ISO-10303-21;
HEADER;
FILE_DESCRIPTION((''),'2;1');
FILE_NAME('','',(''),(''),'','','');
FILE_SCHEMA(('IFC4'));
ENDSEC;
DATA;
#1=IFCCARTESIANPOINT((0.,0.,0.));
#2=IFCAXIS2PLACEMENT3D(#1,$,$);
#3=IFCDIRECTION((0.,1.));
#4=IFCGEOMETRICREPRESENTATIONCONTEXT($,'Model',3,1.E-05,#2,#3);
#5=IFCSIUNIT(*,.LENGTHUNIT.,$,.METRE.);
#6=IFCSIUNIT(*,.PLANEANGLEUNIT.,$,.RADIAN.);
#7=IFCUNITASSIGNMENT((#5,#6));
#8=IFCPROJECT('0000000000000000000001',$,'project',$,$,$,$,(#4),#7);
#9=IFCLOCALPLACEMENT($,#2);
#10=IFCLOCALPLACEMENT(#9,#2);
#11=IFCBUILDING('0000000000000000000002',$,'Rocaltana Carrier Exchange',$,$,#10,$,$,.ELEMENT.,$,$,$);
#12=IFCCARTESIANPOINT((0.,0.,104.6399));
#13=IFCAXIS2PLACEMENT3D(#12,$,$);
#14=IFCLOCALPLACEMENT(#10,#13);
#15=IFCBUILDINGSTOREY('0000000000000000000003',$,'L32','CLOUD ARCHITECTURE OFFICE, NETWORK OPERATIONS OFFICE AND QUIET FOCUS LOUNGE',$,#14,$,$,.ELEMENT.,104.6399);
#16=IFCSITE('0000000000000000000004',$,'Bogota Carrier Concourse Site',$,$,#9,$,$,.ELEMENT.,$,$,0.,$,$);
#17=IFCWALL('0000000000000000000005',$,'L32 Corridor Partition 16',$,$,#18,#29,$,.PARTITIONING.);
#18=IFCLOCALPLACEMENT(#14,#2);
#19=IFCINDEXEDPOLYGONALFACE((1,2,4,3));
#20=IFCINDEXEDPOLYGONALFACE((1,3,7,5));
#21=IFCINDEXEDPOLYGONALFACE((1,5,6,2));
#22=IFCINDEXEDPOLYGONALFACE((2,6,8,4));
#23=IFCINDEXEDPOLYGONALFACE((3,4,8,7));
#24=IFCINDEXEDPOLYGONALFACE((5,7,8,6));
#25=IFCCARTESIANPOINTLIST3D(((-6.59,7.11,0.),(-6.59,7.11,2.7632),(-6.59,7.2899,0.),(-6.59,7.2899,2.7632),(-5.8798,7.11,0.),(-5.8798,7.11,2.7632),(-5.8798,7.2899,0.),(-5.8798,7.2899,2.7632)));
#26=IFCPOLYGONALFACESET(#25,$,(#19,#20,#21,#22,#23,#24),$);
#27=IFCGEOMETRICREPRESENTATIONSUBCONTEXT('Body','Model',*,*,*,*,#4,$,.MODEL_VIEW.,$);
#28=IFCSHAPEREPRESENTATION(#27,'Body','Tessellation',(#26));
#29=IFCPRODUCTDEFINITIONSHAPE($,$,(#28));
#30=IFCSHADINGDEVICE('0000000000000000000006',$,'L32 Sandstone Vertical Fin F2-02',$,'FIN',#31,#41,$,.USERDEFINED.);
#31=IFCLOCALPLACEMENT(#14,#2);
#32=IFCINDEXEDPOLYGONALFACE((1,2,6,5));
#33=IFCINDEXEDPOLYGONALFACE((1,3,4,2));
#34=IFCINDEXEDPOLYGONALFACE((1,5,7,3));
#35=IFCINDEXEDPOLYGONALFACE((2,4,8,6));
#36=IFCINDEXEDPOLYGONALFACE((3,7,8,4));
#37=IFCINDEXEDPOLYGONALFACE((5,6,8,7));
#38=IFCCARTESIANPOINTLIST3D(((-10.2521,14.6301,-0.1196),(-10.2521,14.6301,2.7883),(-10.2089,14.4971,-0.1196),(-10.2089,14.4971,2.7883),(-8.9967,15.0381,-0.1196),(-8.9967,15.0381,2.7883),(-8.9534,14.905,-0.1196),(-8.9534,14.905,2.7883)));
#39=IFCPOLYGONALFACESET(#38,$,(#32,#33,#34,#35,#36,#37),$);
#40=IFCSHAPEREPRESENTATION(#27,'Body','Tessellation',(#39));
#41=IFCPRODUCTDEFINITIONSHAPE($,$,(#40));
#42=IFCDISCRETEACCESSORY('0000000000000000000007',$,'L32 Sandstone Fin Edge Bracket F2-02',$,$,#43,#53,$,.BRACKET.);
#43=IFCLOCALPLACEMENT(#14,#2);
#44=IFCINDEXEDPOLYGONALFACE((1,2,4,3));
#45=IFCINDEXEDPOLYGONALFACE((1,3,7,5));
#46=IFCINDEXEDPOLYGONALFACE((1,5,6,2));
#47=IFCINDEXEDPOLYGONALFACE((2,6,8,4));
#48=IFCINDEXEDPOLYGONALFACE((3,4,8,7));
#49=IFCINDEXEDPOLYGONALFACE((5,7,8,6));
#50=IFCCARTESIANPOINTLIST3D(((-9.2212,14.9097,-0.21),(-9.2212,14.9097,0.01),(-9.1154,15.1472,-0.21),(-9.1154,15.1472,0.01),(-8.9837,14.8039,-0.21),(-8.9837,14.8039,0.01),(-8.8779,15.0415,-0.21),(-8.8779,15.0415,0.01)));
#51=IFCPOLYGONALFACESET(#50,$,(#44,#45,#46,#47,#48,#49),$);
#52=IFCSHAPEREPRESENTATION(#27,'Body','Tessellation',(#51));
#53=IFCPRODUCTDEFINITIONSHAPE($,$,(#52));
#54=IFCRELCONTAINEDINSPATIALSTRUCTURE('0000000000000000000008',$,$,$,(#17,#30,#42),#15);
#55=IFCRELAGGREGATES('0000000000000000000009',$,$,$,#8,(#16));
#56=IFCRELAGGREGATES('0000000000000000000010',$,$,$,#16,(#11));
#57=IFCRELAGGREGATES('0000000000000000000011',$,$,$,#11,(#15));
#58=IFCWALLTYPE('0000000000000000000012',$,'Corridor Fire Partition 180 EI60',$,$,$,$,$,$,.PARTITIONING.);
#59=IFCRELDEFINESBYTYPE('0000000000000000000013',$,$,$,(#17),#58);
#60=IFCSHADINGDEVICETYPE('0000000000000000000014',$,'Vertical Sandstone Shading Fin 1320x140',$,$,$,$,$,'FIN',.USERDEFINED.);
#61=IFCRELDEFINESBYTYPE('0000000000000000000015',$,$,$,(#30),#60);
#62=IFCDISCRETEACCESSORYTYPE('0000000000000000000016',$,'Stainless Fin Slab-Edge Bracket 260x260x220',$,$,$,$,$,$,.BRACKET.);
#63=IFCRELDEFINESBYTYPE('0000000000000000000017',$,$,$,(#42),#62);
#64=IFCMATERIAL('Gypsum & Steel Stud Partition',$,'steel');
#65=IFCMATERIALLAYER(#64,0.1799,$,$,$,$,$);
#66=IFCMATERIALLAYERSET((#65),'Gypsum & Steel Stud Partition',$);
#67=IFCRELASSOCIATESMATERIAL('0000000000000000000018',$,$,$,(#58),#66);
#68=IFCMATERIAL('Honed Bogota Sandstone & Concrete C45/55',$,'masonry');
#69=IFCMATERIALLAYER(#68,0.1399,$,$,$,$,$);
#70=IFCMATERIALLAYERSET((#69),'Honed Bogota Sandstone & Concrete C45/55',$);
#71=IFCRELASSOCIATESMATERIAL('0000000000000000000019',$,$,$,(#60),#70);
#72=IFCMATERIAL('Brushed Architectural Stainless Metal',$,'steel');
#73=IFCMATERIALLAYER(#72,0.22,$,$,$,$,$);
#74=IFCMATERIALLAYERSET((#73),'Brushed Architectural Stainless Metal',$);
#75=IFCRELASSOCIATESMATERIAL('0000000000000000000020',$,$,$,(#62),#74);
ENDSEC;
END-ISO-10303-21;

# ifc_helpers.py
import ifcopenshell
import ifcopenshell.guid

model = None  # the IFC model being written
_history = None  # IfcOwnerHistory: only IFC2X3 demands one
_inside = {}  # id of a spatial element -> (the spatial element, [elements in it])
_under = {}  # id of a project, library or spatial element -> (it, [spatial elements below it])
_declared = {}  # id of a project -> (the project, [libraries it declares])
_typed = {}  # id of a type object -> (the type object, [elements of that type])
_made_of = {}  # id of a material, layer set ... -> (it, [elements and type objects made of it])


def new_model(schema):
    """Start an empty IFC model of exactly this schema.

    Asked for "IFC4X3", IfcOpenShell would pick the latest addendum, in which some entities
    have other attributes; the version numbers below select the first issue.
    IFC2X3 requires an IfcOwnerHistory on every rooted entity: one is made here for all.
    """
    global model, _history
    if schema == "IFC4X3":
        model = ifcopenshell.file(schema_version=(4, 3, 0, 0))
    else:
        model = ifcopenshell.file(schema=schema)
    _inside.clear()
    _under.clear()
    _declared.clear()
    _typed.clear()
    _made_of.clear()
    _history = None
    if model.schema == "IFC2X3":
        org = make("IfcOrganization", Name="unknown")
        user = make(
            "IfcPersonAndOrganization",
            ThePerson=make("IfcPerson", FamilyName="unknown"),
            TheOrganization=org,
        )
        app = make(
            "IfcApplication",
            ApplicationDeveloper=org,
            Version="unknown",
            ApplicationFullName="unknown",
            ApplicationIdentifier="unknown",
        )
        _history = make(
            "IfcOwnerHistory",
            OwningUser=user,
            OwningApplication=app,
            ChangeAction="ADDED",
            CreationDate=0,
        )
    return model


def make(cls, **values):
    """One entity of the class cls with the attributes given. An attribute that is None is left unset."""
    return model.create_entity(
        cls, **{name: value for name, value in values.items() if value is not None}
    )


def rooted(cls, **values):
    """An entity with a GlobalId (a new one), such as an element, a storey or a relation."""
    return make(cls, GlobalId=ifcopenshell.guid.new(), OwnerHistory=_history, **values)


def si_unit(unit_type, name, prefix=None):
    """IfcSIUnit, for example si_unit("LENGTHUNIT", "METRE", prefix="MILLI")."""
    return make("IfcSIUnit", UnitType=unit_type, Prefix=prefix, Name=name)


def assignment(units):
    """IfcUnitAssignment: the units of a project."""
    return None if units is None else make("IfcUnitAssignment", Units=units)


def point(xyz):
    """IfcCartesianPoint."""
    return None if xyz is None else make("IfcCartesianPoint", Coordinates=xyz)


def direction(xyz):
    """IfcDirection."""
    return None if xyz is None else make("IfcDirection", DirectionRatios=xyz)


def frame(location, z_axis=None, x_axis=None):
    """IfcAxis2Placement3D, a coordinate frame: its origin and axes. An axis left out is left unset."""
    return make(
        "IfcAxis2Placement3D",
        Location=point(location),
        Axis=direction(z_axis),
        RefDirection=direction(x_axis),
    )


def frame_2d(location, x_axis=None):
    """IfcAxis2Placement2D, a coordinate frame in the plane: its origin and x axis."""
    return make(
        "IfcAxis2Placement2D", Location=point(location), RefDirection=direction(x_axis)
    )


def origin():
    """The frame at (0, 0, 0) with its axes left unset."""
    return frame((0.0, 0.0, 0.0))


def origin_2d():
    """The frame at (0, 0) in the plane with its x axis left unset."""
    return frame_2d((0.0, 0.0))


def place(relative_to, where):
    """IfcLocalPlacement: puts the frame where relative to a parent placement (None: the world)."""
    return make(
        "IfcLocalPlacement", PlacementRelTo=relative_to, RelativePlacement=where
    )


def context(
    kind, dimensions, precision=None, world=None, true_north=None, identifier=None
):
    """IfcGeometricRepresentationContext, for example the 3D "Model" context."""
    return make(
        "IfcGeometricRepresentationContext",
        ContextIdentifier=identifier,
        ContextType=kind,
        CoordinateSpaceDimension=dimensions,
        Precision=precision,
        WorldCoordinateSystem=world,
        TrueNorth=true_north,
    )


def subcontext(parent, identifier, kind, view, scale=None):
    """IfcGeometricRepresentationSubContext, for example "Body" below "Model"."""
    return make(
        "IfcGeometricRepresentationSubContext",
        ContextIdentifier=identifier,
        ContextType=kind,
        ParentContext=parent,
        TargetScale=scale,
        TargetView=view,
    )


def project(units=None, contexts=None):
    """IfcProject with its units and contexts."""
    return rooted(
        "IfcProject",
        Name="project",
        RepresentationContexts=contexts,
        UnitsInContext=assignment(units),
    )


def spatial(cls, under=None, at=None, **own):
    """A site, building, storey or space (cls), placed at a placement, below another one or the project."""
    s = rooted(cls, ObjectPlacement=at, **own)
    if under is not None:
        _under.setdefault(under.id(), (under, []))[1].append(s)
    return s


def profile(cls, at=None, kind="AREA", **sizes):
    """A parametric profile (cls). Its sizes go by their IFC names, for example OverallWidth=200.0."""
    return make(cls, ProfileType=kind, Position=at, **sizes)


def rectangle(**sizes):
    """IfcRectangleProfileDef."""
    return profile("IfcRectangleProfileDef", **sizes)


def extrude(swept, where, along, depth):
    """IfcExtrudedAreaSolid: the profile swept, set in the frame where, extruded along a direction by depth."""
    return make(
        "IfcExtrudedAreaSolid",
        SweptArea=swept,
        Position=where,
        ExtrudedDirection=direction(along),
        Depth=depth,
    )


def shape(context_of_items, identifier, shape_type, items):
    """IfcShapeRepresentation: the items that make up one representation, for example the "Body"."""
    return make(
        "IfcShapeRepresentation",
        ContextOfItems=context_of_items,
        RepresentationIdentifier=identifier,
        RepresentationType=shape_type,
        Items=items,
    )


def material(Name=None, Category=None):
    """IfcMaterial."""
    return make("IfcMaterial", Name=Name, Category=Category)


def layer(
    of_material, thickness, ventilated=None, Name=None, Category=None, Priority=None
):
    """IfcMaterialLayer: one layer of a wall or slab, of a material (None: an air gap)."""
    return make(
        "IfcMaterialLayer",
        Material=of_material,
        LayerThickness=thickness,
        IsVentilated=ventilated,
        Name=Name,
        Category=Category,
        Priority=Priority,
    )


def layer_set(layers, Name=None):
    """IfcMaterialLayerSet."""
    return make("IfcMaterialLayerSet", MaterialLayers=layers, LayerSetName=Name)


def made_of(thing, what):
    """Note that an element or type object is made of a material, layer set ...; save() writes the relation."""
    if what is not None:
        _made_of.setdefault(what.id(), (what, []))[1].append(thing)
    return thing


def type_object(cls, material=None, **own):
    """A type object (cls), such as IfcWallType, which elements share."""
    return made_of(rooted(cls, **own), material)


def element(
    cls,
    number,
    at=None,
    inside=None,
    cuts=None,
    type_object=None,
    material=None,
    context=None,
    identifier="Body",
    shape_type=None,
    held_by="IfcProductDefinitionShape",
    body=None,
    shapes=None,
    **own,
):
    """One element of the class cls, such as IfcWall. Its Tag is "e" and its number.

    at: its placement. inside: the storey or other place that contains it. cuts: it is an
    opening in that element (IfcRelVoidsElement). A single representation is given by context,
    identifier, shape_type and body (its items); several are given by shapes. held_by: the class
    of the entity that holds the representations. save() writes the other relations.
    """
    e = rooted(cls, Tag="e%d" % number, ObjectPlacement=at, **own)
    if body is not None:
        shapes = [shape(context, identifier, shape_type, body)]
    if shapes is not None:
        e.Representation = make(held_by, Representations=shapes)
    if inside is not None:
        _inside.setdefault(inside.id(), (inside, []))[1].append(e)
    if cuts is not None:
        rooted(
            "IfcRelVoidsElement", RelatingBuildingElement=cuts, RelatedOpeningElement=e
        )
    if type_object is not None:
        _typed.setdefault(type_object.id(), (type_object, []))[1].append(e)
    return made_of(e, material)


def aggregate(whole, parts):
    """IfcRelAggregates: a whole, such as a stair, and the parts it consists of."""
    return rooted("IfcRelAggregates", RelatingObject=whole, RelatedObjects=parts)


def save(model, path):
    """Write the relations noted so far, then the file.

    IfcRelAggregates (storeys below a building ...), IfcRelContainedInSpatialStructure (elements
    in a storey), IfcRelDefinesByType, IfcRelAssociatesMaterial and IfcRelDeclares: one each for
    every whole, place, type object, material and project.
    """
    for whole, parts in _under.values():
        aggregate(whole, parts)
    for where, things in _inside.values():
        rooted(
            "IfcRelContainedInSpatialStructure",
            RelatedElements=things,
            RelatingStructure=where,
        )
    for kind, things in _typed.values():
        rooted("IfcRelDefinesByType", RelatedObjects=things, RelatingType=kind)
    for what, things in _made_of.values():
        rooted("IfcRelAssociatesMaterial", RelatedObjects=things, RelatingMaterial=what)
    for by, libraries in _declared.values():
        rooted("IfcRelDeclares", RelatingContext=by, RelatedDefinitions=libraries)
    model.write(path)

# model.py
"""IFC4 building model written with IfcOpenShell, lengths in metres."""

from ifc_helpers import new_model, si_unit, direction, frame, frame_2d, origin, origin_2d, place, context, subcontext, project, spatial, rectangle, extrude, material, layer, layer_set, type_object, element, save


model = new_model("IFC4")

# Units and contexts
model_context = context("Model", 3, precision=1e-05, world=origin(), true_north=direction((0.0, 1.0)))
body_context = subcontext(model_context, "Body", "Model", "MODEL_VIEW")
ifc_project = project(units=[si_unit("LENGTHUNIT", "METRE"), si_unit("PLANEANGLEUNIT", "RADIAN")], contexts=[model_context])

# Site, building, storey
site_placement = place(None, origin())
site = spatial("IfcSite", under=ifc_project, at=site_placement, Name="Bogota Carrier Concourse Site", CompositionType="ELEMENT", RefElevation=0.0)
building_placement = place(site_placement, origin())
building = spatial("IfcBuilding", under=site, at=building_placement, Name="Rocaltana Carrier Exchange", CompositionType="ELEMENT")
storey_placement = place(building_placement, frame((0.0, 0.0, 104.6399)))
storey = spatial("IfcBuildingStorey", under=building, at=storey_placement, Name="L32", Description="CLOUD ARCHITECTURE OFFICE, NETWORK OPERATIONS OFFICE AND QUIET FOCUS LOUNGE", CompositionType="ELEMENT", Elevation=104.6399)

# Shared definitions
ifc_material_1 = material(Name="Gypsum & Steel Stud Partition", Category="steel")
ifc_layer_1 = layer(ifc_material_1, 0.1799)
ifc_layer_set_1 = layer_set([ifc_layer_1], Name="Gypsum & Steel Stud Partition")
wall_type_1 = type_object("IfcWallType", Name="Corridor Fire Partition 180 EI60", PredefinedType="PARTITIONING", material=ifc_layer_set_1)

# Wall
wall_1_placement = place(storey_placement, frame((-5.8799, 7.2, 0.0), z_axis=(0.0, 0.0, 1.0), x_axis=(-1.0, 0.0, 0.0)))
element("IfcWall", 1, at=wall_1_placement, inside=storey, type_object=wall_type_1, Name="L32 Corridor Partition 16", PredefinedType="PARTITIONING", context=body_context, shape_type="SweptSolid", body=[
    extrude(rectangle(XDim=0.7102, YDim=0.1799, at=frame_2d((0.355, 0.0))), origin(), (0.0, 0.0, 1.0), 2.7632),
])

# Shading device
ifc_material_2 = material(Name="Honed Bogota Sandstone & Concrete C45/55", Category="masonry")
ifc_layer_2 = layer(ifc_material_2, 0.1399)
ifc_layer_set_2 = layer_set([ifc_layer_2], Name="Honed Bogota Sandstone & Concrete C45/55")
shading_device_type = type_object("IfcShadingDeviceType", Name="Vertical Sandstone Shading Fin 1320x140", ElementType="FIN", PredefinedType="USERDEFINED", material=ifc_layer_set_2)
shading_device_placement = place(storey_placement, frame((-9.6028, 14.7676, -0.1196), z_axis=(0.0, 0.0, 1.0), x_axis=(-0.951057, -0.309017, 0.0)))
element("IfcShadingDevice", 2, at=shading_device_placement, inside=storey, type_object=shading_device_type, Name="L32 Sandstone Vertical Fin F2-02", ObjectType="FIN", PredefinedType="USERDEFINED", context=body_context, shape_type="SweptSolid", body=[
    extrude(rectangle(XDim=1.3201, YDim=0.1399, at=origin_2d()), origin(), (0.0, 0.0, 1.0), 2.908),
])

# Discrete accessory
ifc_material_3 = material(Name="Brushed Architectural Stainless Metal", Category="steel")
ifc_layer_3 = layer(ifc_material_3, 0.22)
ifc_layer_set_3 = layer_set([ifc_layer_3], Name="Brushed Architectural Stainless Metal")
discrete_accessory_type = type_object("IfcDiscreteAccessoryType", Name="Stainless Fin Slab-Edge Bracket 260x260x220", PredefinedType="BRACKET", material=ifc_layer_set_3)
discrete_accessory_placement = place(storey_placement, frame((-9.0496, 14.9756, -0.21), z_axis=(0.0, 0.0, 1.0), x_axis=(-0.406737, -0.913545, 0.0)))
element("IfcDiscreteAccessory", 3, at=discrete_accessory_placement, inside=storey, type_object=discrete_accessory_type, Name="L32 Sandstone Fin Edge Bracket F2-02", PredefinedType="BRACKET", context=body_context, shape_type="SweptSolid", body=[
    extrude(rectangle(XDim=0.26, YDim=0.26, at=origin_2d()), origin(), (0.0, 0.0, 1.0), 0.22),
])

save(model, "model.ifc")
